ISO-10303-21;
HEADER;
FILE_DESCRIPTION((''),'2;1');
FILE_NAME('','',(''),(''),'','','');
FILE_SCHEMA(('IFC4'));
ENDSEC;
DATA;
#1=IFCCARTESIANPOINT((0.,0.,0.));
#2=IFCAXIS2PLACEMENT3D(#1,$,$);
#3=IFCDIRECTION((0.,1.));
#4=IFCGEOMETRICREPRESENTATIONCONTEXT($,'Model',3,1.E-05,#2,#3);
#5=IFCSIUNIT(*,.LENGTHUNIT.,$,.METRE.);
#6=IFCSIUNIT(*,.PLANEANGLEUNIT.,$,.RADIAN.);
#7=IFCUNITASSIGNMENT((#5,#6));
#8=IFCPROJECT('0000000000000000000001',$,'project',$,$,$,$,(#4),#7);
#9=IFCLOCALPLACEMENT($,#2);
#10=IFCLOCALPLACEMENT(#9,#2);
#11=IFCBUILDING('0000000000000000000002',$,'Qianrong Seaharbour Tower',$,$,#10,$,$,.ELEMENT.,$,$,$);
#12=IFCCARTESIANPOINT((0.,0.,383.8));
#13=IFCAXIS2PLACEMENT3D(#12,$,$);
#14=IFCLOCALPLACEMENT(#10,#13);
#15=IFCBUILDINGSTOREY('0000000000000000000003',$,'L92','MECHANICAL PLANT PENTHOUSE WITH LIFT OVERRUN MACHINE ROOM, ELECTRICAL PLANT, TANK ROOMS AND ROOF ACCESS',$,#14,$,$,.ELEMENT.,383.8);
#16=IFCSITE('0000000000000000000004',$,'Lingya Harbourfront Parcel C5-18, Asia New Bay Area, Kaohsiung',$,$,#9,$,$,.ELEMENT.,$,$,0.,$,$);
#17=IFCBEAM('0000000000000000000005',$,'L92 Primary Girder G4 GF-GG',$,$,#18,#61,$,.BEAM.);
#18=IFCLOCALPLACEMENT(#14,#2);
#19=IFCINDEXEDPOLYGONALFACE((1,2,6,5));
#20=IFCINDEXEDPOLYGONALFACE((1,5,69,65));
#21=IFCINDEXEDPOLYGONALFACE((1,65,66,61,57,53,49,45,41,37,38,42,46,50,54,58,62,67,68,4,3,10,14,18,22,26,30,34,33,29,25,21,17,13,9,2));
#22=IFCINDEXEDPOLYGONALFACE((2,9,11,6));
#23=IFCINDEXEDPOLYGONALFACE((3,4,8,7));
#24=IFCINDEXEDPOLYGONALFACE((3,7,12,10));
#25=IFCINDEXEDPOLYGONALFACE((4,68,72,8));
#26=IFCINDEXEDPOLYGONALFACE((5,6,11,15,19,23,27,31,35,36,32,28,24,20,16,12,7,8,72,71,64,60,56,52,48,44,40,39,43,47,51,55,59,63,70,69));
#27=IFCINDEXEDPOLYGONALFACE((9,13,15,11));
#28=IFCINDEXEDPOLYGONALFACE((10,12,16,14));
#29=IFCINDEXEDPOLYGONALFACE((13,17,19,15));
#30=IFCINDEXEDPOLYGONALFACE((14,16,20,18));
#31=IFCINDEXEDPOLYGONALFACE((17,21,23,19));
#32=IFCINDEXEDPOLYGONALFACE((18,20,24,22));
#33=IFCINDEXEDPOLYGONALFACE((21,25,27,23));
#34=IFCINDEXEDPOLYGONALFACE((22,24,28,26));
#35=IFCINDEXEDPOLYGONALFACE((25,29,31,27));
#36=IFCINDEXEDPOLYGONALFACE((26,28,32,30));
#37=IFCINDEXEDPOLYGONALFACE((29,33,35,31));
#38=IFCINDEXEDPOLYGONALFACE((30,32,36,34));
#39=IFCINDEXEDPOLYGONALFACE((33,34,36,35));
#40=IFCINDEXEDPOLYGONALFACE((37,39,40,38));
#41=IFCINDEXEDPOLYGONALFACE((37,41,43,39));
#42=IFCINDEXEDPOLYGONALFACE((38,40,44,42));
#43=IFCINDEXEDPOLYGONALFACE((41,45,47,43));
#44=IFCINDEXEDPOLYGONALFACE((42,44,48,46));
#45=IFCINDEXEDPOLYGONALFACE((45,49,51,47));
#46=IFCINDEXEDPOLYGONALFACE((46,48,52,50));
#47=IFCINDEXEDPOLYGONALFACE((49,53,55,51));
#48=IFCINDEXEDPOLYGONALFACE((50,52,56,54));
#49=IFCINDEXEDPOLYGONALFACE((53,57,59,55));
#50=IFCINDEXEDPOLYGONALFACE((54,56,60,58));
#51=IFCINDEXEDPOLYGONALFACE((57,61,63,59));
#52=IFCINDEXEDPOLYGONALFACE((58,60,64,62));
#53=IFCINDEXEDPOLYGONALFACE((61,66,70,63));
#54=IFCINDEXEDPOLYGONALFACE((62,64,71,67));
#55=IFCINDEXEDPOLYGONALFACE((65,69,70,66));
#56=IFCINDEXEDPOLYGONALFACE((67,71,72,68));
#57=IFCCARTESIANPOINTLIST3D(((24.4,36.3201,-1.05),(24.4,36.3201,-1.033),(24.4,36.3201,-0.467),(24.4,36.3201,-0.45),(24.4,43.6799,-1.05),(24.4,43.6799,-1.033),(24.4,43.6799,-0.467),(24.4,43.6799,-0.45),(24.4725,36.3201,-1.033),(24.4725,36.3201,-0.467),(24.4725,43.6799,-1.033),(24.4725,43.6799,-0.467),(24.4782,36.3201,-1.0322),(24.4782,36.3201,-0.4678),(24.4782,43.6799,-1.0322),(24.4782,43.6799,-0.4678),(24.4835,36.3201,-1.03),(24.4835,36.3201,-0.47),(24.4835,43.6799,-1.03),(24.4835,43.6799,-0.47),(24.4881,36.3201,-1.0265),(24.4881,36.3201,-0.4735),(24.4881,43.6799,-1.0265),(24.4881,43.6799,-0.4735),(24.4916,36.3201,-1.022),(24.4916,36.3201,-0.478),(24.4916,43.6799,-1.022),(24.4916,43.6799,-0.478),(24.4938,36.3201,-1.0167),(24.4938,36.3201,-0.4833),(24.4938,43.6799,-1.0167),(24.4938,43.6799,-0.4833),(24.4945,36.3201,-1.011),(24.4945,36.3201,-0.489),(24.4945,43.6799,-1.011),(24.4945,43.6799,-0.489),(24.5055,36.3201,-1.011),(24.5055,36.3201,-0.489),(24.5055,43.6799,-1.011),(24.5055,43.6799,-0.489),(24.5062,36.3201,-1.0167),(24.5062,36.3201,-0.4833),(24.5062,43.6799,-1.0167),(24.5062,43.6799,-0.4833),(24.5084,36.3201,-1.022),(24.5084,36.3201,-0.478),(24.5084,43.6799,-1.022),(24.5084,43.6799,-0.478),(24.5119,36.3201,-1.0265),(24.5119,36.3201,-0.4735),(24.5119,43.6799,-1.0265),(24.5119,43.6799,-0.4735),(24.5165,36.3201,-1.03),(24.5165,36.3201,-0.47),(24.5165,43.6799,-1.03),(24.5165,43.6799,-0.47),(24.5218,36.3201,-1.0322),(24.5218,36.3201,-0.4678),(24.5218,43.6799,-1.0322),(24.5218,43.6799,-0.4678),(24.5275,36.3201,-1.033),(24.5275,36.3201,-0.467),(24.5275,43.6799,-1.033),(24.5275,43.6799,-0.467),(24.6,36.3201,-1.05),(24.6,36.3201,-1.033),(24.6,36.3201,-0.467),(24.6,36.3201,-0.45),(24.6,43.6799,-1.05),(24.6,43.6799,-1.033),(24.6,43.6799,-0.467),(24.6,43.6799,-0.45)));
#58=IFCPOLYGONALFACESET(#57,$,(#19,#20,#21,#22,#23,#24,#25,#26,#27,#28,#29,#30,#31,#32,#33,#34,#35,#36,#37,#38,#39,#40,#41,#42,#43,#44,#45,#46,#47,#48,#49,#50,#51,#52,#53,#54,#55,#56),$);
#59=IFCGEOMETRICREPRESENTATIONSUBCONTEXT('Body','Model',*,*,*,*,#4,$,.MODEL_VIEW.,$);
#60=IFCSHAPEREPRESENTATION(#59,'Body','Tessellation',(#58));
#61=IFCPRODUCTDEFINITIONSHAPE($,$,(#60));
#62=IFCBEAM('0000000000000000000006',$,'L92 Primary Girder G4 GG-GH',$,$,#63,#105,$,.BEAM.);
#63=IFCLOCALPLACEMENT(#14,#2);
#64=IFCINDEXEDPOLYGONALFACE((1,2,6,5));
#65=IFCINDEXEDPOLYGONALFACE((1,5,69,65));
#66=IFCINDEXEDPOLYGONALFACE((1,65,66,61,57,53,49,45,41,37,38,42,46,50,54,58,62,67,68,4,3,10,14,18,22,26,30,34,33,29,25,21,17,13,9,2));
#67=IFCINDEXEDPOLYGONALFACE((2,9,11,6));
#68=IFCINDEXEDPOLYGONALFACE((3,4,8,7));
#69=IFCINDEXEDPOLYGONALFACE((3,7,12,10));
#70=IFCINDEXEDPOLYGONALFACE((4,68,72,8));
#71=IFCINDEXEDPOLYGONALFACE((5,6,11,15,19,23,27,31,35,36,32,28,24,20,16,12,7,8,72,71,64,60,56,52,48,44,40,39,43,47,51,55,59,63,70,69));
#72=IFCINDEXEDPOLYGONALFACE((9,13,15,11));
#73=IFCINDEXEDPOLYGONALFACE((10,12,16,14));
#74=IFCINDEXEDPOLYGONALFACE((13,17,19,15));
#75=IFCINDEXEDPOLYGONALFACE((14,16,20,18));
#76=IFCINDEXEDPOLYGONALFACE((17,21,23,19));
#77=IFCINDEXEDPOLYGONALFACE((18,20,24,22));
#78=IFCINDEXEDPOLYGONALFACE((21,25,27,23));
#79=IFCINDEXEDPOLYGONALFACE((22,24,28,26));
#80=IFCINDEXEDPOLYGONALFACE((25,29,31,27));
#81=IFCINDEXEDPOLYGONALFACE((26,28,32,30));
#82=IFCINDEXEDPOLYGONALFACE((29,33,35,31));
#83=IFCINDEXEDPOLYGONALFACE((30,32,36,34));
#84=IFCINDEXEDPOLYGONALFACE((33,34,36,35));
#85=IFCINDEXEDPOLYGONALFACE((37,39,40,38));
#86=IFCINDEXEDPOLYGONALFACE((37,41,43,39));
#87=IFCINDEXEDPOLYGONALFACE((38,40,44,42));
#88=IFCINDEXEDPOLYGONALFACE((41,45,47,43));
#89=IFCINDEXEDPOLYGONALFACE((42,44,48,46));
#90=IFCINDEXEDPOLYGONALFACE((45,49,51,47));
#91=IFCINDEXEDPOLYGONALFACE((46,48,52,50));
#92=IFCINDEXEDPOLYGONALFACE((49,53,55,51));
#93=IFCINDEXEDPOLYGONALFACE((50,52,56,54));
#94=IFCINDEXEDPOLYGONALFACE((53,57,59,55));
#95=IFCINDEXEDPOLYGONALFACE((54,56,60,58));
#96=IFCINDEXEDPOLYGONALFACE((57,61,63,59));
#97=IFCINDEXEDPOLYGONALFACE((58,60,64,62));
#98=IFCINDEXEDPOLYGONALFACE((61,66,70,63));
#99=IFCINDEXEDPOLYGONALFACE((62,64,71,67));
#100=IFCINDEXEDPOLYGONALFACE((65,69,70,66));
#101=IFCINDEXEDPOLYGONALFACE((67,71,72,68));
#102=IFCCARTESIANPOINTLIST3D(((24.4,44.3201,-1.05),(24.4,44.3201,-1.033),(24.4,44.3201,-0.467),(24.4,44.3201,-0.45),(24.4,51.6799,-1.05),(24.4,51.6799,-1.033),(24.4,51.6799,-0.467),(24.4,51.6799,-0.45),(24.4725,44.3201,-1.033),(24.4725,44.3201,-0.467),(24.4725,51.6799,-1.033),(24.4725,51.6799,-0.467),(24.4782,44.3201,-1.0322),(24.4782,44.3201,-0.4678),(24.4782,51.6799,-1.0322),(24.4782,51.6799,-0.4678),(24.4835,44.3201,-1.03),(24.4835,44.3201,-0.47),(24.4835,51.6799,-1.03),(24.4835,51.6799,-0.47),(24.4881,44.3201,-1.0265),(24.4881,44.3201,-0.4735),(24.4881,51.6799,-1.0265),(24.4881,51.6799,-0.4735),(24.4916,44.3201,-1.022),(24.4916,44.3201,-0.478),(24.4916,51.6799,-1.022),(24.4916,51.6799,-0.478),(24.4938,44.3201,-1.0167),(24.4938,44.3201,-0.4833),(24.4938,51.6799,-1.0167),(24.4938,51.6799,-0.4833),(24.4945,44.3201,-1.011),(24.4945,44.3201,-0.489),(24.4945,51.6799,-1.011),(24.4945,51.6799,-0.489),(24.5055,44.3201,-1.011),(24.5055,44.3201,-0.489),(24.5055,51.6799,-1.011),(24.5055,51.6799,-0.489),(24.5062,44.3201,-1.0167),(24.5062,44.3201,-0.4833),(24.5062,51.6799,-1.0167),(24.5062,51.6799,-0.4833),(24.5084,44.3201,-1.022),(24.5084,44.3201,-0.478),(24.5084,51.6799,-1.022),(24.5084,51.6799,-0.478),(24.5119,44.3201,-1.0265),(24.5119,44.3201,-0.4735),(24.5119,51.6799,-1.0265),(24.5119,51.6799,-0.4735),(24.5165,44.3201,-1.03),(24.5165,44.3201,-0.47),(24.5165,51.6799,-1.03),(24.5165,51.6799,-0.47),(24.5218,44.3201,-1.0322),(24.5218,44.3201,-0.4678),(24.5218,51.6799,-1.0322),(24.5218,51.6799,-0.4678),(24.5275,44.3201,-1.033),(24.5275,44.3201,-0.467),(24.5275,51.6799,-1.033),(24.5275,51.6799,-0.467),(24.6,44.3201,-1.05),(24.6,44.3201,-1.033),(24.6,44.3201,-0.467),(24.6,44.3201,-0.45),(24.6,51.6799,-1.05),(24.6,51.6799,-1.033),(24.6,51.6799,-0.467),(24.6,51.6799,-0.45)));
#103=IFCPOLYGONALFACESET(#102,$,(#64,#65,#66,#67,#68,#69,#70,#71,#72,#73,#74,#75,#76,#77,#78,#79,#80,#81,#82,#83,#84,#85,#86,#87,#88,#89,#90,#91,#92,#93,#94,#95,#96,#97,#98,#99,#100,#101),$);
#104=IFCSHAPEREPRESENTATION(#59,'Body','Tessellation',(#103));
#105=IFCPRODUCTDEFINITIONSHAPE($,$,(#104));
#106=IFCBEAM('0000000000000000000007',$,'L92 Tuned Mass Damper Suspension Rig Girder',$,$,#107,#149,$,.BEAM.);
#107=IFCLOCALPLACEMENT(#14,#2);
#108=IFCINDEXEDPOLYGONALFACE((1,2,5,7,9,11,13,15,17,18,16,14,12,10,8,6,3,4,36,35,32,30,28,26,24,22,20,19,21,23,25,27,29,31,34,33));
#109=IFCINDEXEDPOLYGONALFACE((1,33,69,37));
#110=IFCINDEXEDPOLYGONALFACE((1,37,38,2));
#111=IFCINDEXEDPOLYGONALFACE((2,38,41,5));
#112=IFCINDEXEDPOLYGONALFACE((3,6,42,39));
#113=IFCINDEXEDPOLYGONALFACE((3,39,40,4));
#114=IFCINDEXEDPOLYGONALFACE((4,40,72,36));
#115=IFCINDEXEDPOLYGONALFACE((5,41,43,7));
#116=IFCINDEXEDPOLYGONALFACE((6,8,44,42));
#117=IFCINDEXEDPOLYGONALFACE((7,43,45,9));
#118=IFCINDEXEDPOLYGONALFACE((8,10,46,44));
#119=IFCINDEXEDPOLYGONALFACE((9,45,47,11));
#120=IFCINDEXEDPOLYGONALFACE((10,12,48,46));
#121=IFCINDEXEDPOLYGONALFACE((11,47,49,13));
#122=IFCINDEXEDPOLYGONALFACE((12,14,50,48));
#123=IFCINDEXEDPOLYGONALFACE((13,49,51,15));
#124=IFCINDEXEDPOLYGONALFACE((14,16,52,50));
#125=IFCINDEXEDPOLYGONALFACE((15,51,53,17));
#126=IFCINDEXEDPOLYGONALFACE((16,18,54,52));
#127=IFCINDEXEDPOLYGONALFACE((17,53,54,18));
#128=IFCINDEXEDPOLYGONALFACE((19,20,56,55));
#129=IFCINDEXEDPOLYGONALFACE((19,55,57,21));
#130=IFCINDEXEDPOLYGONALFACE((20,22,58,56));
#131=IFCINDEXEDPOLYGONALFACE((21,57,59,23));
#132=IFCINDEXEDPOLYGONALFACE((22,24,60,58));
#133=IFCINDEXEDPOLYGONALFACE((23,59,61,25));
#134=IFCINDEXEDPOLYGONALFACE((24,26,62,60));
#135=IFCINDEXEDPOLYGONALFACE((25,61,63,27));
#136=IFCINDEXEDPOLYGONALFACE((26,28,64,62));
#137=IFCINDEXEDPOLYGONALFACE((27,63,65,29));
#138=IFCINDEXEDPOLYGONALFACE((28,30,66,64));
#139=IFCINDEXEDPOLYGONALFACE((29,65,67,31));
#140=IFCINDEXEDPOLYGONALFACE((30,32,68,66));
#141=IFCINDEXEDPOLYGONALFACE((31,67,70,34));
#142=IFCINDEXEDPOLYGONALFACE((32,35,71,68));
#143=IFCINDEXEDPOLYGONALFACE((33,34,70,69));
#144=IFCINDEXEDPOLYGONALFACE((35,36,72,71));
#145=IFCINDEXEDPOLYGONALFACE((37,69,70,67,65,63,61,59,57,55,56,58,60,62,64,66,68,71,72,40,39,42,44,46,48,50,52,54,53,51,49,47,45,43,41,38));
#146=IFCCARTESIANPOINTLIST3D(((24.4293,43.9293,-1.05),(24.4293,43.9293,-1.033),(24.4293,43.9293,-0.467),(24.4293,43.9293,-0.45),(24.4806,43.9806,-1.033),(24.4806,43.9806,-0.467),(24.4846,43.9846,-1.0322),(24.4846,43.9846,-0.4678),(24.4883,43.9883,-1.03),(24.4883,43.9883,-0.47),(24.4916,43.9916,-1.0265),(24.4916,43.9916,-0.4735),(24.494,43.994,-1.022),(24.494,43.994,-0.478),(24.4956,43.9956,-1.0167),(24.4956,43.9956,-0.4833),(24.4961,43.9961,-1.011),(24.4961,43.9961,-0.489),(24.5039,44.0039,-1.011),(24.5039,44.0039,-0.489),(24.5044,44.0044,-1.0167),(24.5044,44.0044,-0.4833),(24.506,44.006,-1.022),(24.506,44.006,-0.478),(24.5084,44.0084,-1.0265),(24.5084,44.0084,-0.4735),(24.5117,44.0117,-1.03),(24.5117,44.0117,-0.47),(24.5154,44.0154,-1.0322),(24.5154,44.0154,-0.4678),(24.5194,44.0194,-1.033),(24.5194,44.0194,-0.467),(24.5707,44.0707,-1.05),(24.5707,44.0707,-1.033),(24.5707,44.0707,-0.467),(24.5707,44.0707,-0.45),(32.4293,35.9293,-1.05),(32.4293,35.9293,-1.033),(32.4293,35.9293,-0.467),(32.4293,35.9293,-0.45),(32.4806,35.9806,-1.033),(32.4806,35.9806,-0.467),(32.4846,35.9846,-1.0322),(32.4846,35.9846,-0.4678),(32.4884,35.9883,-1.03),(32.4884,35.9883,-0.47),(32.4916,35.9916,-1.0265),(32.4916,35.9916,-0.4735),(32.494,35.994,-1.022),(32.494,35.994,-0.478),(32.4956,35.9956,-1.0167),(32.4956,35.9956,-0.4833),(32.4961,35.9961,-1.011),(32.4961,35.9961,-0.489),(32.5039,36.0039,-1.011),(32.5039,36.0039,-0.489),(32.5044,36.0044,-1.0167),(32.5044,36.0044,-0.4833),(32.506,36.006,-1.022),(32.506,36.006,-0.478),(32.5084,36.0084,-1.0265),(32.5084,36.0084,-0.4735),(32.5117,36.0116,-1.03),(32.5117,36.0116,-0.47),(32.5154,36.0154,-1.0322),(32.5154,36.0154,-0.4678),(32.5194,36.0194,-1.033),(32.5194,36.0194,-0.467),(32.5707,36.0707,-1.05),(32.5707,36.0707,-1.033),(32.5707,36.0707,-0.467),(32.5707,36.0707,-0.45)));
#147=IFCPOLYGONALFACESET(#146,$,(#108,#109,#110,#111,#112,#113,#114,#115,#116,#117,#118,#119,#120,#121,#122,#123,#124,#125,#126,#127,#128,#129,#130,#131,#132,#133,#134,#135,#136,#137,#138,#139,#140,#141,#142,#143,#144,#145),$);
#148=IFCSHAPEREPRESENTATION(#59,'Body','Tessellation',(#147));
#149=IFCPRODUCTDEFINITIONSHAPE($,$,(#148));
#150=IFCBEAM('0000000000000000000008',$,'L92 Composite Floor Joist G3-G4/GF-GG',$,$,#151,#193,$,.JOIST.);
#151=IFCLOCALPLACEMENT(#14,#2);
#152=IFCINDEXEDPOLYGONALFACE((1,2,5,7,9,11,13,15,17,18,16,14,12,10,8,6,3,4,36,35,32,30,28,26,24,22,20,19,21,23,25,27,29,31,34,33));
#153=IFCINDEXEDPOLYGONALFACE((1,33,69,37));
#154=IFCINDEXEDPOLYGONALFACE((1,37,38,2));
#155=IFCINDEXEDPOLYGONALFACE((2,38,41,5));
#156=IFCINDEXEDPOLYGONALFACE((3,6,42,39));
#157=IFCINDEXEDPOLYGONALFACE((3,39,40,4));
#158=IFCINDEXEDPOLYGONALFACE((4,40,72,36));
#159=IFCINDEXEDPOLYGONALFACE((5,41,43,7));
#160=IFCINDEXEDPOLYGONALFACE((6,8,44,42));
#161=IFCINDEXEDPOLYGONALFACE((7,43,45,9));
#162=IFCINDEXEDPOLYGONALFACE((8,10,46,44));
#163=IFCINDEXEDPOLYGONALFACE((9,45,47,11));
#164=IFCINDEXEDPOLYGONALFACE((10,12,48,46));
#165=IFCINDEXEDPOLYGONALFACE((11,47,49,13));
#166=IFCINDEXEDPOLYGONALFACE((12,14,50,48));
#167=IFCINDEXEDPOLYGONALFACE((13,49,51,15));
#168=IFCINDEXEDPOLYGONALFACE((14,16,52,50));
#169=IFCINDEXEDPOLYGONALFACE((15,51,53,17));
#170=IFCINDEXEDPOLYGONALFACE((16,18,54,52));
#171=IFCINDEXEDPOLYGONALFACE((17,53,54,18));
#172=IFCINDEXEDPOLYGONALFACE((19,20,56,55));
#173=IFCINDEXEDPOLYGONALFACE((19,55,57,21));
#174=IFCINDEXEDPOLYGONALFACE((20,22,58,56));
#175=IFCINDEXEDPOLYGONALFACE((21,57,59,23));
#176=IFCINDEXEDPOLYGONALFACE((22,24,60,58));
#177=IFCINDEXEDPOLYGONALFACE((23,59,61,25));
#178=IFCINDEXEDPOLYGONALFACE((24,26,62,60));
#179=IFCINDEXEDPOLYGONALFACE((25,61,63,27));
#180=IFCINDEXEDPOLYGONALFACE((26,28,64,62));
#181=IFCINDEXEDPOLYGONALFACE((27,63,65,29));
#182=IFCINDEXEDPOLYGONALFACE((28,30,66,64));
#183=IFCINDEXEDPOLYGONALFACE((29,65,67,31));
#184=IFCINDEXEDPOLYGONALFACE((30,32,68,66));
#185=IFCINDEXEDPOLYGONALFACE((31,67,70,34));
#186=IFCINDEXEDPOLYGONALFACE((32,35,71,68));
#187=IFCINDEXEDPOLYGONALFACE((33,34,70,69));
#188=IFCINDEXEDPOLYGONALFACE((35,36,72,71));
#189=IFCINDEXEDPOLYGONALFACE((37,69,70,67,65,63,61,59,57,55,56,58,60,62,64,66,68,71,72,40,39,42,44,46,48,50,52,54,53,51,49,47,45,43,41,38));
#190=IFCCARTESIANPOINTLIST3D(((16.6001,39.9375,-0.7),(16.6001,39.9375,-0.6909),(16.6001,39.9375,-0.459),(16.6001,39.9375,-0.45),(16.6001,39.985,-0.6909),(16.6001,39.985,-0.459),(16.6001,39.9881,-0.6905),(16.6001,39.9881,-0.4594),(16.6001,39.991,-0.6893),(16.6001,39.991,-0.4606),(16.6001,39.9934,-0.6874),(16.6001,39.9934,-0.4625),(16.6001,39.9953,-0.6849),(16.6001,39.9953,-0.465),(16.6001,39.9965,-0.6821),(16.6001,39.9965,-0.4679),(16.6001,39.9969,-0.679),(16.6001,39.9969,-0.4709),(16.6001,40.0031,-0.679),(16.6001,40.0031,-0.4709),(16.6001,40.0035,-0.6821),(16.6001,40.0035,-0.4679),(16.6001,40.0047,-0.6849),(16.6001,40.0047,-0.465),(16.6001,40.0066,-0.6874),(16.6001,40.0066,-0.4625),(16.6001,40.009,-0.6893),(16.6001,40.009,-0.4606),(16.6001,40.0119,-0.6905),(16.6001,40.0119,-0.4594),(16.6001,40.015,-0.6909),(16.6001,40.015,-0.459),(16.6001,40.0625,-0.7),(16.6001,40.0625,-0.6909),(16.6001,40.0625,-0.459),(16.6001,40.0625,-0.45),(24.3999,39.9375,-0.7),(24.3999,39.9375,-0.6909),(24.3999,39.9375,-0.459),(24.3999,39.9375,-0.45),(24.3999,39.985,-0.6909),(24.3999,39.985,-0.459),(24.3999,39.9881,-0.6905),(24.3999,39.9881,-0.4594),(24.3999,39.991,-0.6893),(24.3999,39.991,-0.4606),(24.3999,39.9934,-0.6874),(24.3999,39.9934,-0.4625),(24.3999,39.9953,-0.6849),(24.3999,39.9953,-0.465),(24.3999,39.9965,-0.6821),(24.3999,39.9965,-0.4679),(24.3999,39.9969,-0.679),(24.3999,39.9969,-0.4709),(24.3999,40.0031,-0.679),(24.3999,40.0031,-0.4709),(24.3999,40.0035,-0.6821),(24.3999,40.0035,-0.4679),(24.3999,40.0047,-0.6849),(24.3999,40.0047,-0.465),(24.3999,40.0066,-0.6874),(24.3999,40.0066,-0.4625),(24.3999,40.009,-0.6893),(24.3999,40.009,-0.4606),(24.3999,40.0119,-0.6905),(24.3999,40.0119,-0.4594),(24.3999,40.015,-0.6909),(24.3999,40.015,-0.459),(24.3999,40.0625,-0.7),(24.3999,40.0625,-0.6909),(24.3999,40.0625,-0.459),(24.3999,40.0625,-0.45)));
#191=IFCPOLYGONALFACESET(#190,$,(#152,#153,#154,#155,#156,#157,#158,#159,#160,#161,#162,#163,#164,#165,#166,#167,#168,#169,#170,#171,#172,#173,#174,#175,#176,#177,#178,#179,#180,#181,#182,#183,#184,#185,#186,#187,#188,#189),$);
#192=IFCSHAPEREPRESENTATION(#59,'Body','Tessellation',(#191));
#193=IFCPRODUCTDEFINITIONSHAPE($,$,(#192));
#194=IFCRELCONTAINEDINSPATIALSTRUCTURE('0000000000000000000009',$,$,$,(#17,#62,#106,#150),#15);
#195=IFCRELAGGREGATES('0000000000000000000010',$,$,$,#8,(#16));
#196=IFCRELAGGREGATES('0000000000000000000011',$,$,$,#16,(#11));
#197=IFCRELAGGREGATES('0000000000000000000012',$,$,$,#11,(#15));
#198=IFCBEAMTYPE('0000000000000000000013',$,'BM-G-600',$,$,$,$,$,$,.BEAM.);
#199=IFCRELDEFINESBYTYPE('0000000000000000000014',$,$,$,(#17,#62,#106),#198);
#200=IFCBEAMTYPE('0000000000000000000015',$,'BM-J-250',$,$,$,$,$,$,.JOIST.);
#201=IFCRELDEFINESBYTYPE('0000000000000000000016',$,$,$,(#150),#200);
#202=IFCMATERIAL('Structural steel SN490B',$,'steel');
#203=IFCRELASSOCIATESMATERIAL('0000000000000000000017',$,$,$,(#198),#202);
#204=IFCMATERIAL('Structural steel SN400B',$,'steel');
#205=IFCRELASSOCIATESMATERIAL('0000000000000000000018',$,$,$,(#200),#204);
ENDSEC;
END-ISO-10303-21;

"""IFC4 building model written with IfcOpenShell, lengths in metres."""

from ifc_helpers import new_model, si_unit, direction, frame, origin, origin_2d, place, context, subcontext, project, spatial, i_section, extrude, material, material_profile, profile_set, type_object, element, save


model = new_model("IFC4")

# Units and contexts
model_context = context("Model", 3, precision=1e-05, world=origin(), true_north=direction((0.0, 1.0)))
body_context = subcontext(model_context, "Body", "Model", "MODEL_VIEW")
ifc_project = project(units=[si_unit("LENGTHUNIT", "METRE"), si_unit("PLANEANGLEUNIT", "RADIAN")], contexts=[model_context])

# Site, building, storey
site_placement = place(None, origin())
site = spatial("IfcSite", under=ifc_project, at=site_placement, Name="Lingya Harbourfront Parcel C5-18, Asia New Bay Area, Kaohsiung", CompositionType="ELEMENT", RefElevation=0.0)
building_placement = place(site_placement, origin())
building = spatial("IfcBuilding", under=site, at=building_placement, Name="Qianrong Seaharbour Tower", CompositionType="ELEMENT")
storey_placement = place(building_placement, frame((0.0, 0.0, 383.8)))
storey = spatial("IfcBuildingStorey", under=building, at=storey_placement, Name="L92", Description="MECHANICAL PLANT PENTHOUSE WITH LIFT OVERRUN MACHINE ROOM, ELECTRICAL PLANT, TANK ROOMS AND ROOF ACCESS", CompositionType="ELEMENT", Elevation=383.8)

# Shared definitions
ifc_material_1 = material(Name="Structural steel SN490B", Category="steel")
ifc_material_2 = material(Name="Structural steel SN400B", Category="steel")

# Beams
ifc_material_profile_1 = material_profile(ifc_material_1, i_section(OverallWidth=0.2, OverallDepth=0.6001, WebThickness=0.011, FlangeThickness=0.0171, FilletRadius=0.022, at=origin_2d()), Name="H600x200x11x17")
ifc_profile_set_1 = profile_set([ifc_material_profile_1], Name="Structural steel SN490B")
beam_type_1 = type_object("IfcBeamType", Name="BM-G-600", PredefinedType="BEAM", material=ifc_profile_set_1)
for number, where, z_axis, x_axis, name in (
    (1, (24.5, 36.3201, -0.75), (0.0, 1.0, 0.0), (-1.0, 0.0, 0.0), "L92 Primary Girder G4 GF-GG"),
    (2, (24.5, 44.3201, -0.75), (0.0, 1.0, 0.0), (-1.0, 0.0, 0.0), "L92 Primary Girder G4 GG-GH"),
):
    element("IfcBeam", number, at=place(storey_placement, frame(where, z_axis=z_axis, x_axis=x_axis)), inside=storey, type_object=beam_type_1, Name=name, PredefinedType="BEAM", context=body_context, shape_type="SweptSolid", body=[
        extrude(i_section(OverallWidth=0.2, OverallDepth=0.6001, WebThickness=0.011, FlangeThickness=0.0171, FilletRadius=0.022, at=origin_2d()), origin(), (0.0, 0.0, 1.0), 7.3599),
    ])
beam_1_placement = place(storey_placement, frame((24.5, 44.0, -0.75), z_axis=(0.707107, -0.707107, 0.0), x_axis=(0.707107, 0.707107, 0.0)))
element("IfcBeam", 3, at=beam_1_placement, inside=storey, type_object=beam_type_1, Name="L92 Tuned Mass Damper Suspension Rig Girder", PredefinedType="BEAM", context=body_context, shape_type="SweptSolid", body=[
    extrude(i_section(OverallWidth=0.2, OverallDepth=0.6001, WebThickness=0.011, FlangeThickness=0.0171, FilletRadius=0.022, at=origin_2d()), origin(), (0.0, 0.0, 1.0), 11.3137),
])
ifc_material_profile_2 = material_profile(ifc_material_2, i_section(OverallWidth=0.125, OverallDepth=0.25, WebThickness=0.0061, FlangeThickness=0.009, FilletRadius=0.012, at=origin_2d()), Name="H250x125x6x9")
ifc_profile_set_2 = profile_set([ifc_material_profile_2], Name="Structural steel SN400B")
beam_type_2 = type_object("IfcBeamType", Name="BM-J-250", PredefinedType="JOIST", material=ifc_profile_set_2)
beam_2_placement = place(storey_placement, frame((16.6001, 40.0, -0.575), z_axis=(1.0, 0.0, 0.0), x_axis=(0.0, 1.0, 0.0)))
element("IfcBeam", 4, at=beam_2_placement, inside=storey, type_object=beam_type_2, Name="L92 Composite Floor Joist G3-G4/GF-GG", PredefinedType="JOIST", context=body_context, shape_type="SweptSolid", body=[
    extrude(i_section(OverallWidth=0.125, OverallDepth=0.25, WebThickness=0.0061, FlangeThickness=0.009, FilletRadius=0.012, at=origin_2d()), origin(), (0.0, 0.0, 1.0), 7.7998),
])

save(model, "model.ifc")
